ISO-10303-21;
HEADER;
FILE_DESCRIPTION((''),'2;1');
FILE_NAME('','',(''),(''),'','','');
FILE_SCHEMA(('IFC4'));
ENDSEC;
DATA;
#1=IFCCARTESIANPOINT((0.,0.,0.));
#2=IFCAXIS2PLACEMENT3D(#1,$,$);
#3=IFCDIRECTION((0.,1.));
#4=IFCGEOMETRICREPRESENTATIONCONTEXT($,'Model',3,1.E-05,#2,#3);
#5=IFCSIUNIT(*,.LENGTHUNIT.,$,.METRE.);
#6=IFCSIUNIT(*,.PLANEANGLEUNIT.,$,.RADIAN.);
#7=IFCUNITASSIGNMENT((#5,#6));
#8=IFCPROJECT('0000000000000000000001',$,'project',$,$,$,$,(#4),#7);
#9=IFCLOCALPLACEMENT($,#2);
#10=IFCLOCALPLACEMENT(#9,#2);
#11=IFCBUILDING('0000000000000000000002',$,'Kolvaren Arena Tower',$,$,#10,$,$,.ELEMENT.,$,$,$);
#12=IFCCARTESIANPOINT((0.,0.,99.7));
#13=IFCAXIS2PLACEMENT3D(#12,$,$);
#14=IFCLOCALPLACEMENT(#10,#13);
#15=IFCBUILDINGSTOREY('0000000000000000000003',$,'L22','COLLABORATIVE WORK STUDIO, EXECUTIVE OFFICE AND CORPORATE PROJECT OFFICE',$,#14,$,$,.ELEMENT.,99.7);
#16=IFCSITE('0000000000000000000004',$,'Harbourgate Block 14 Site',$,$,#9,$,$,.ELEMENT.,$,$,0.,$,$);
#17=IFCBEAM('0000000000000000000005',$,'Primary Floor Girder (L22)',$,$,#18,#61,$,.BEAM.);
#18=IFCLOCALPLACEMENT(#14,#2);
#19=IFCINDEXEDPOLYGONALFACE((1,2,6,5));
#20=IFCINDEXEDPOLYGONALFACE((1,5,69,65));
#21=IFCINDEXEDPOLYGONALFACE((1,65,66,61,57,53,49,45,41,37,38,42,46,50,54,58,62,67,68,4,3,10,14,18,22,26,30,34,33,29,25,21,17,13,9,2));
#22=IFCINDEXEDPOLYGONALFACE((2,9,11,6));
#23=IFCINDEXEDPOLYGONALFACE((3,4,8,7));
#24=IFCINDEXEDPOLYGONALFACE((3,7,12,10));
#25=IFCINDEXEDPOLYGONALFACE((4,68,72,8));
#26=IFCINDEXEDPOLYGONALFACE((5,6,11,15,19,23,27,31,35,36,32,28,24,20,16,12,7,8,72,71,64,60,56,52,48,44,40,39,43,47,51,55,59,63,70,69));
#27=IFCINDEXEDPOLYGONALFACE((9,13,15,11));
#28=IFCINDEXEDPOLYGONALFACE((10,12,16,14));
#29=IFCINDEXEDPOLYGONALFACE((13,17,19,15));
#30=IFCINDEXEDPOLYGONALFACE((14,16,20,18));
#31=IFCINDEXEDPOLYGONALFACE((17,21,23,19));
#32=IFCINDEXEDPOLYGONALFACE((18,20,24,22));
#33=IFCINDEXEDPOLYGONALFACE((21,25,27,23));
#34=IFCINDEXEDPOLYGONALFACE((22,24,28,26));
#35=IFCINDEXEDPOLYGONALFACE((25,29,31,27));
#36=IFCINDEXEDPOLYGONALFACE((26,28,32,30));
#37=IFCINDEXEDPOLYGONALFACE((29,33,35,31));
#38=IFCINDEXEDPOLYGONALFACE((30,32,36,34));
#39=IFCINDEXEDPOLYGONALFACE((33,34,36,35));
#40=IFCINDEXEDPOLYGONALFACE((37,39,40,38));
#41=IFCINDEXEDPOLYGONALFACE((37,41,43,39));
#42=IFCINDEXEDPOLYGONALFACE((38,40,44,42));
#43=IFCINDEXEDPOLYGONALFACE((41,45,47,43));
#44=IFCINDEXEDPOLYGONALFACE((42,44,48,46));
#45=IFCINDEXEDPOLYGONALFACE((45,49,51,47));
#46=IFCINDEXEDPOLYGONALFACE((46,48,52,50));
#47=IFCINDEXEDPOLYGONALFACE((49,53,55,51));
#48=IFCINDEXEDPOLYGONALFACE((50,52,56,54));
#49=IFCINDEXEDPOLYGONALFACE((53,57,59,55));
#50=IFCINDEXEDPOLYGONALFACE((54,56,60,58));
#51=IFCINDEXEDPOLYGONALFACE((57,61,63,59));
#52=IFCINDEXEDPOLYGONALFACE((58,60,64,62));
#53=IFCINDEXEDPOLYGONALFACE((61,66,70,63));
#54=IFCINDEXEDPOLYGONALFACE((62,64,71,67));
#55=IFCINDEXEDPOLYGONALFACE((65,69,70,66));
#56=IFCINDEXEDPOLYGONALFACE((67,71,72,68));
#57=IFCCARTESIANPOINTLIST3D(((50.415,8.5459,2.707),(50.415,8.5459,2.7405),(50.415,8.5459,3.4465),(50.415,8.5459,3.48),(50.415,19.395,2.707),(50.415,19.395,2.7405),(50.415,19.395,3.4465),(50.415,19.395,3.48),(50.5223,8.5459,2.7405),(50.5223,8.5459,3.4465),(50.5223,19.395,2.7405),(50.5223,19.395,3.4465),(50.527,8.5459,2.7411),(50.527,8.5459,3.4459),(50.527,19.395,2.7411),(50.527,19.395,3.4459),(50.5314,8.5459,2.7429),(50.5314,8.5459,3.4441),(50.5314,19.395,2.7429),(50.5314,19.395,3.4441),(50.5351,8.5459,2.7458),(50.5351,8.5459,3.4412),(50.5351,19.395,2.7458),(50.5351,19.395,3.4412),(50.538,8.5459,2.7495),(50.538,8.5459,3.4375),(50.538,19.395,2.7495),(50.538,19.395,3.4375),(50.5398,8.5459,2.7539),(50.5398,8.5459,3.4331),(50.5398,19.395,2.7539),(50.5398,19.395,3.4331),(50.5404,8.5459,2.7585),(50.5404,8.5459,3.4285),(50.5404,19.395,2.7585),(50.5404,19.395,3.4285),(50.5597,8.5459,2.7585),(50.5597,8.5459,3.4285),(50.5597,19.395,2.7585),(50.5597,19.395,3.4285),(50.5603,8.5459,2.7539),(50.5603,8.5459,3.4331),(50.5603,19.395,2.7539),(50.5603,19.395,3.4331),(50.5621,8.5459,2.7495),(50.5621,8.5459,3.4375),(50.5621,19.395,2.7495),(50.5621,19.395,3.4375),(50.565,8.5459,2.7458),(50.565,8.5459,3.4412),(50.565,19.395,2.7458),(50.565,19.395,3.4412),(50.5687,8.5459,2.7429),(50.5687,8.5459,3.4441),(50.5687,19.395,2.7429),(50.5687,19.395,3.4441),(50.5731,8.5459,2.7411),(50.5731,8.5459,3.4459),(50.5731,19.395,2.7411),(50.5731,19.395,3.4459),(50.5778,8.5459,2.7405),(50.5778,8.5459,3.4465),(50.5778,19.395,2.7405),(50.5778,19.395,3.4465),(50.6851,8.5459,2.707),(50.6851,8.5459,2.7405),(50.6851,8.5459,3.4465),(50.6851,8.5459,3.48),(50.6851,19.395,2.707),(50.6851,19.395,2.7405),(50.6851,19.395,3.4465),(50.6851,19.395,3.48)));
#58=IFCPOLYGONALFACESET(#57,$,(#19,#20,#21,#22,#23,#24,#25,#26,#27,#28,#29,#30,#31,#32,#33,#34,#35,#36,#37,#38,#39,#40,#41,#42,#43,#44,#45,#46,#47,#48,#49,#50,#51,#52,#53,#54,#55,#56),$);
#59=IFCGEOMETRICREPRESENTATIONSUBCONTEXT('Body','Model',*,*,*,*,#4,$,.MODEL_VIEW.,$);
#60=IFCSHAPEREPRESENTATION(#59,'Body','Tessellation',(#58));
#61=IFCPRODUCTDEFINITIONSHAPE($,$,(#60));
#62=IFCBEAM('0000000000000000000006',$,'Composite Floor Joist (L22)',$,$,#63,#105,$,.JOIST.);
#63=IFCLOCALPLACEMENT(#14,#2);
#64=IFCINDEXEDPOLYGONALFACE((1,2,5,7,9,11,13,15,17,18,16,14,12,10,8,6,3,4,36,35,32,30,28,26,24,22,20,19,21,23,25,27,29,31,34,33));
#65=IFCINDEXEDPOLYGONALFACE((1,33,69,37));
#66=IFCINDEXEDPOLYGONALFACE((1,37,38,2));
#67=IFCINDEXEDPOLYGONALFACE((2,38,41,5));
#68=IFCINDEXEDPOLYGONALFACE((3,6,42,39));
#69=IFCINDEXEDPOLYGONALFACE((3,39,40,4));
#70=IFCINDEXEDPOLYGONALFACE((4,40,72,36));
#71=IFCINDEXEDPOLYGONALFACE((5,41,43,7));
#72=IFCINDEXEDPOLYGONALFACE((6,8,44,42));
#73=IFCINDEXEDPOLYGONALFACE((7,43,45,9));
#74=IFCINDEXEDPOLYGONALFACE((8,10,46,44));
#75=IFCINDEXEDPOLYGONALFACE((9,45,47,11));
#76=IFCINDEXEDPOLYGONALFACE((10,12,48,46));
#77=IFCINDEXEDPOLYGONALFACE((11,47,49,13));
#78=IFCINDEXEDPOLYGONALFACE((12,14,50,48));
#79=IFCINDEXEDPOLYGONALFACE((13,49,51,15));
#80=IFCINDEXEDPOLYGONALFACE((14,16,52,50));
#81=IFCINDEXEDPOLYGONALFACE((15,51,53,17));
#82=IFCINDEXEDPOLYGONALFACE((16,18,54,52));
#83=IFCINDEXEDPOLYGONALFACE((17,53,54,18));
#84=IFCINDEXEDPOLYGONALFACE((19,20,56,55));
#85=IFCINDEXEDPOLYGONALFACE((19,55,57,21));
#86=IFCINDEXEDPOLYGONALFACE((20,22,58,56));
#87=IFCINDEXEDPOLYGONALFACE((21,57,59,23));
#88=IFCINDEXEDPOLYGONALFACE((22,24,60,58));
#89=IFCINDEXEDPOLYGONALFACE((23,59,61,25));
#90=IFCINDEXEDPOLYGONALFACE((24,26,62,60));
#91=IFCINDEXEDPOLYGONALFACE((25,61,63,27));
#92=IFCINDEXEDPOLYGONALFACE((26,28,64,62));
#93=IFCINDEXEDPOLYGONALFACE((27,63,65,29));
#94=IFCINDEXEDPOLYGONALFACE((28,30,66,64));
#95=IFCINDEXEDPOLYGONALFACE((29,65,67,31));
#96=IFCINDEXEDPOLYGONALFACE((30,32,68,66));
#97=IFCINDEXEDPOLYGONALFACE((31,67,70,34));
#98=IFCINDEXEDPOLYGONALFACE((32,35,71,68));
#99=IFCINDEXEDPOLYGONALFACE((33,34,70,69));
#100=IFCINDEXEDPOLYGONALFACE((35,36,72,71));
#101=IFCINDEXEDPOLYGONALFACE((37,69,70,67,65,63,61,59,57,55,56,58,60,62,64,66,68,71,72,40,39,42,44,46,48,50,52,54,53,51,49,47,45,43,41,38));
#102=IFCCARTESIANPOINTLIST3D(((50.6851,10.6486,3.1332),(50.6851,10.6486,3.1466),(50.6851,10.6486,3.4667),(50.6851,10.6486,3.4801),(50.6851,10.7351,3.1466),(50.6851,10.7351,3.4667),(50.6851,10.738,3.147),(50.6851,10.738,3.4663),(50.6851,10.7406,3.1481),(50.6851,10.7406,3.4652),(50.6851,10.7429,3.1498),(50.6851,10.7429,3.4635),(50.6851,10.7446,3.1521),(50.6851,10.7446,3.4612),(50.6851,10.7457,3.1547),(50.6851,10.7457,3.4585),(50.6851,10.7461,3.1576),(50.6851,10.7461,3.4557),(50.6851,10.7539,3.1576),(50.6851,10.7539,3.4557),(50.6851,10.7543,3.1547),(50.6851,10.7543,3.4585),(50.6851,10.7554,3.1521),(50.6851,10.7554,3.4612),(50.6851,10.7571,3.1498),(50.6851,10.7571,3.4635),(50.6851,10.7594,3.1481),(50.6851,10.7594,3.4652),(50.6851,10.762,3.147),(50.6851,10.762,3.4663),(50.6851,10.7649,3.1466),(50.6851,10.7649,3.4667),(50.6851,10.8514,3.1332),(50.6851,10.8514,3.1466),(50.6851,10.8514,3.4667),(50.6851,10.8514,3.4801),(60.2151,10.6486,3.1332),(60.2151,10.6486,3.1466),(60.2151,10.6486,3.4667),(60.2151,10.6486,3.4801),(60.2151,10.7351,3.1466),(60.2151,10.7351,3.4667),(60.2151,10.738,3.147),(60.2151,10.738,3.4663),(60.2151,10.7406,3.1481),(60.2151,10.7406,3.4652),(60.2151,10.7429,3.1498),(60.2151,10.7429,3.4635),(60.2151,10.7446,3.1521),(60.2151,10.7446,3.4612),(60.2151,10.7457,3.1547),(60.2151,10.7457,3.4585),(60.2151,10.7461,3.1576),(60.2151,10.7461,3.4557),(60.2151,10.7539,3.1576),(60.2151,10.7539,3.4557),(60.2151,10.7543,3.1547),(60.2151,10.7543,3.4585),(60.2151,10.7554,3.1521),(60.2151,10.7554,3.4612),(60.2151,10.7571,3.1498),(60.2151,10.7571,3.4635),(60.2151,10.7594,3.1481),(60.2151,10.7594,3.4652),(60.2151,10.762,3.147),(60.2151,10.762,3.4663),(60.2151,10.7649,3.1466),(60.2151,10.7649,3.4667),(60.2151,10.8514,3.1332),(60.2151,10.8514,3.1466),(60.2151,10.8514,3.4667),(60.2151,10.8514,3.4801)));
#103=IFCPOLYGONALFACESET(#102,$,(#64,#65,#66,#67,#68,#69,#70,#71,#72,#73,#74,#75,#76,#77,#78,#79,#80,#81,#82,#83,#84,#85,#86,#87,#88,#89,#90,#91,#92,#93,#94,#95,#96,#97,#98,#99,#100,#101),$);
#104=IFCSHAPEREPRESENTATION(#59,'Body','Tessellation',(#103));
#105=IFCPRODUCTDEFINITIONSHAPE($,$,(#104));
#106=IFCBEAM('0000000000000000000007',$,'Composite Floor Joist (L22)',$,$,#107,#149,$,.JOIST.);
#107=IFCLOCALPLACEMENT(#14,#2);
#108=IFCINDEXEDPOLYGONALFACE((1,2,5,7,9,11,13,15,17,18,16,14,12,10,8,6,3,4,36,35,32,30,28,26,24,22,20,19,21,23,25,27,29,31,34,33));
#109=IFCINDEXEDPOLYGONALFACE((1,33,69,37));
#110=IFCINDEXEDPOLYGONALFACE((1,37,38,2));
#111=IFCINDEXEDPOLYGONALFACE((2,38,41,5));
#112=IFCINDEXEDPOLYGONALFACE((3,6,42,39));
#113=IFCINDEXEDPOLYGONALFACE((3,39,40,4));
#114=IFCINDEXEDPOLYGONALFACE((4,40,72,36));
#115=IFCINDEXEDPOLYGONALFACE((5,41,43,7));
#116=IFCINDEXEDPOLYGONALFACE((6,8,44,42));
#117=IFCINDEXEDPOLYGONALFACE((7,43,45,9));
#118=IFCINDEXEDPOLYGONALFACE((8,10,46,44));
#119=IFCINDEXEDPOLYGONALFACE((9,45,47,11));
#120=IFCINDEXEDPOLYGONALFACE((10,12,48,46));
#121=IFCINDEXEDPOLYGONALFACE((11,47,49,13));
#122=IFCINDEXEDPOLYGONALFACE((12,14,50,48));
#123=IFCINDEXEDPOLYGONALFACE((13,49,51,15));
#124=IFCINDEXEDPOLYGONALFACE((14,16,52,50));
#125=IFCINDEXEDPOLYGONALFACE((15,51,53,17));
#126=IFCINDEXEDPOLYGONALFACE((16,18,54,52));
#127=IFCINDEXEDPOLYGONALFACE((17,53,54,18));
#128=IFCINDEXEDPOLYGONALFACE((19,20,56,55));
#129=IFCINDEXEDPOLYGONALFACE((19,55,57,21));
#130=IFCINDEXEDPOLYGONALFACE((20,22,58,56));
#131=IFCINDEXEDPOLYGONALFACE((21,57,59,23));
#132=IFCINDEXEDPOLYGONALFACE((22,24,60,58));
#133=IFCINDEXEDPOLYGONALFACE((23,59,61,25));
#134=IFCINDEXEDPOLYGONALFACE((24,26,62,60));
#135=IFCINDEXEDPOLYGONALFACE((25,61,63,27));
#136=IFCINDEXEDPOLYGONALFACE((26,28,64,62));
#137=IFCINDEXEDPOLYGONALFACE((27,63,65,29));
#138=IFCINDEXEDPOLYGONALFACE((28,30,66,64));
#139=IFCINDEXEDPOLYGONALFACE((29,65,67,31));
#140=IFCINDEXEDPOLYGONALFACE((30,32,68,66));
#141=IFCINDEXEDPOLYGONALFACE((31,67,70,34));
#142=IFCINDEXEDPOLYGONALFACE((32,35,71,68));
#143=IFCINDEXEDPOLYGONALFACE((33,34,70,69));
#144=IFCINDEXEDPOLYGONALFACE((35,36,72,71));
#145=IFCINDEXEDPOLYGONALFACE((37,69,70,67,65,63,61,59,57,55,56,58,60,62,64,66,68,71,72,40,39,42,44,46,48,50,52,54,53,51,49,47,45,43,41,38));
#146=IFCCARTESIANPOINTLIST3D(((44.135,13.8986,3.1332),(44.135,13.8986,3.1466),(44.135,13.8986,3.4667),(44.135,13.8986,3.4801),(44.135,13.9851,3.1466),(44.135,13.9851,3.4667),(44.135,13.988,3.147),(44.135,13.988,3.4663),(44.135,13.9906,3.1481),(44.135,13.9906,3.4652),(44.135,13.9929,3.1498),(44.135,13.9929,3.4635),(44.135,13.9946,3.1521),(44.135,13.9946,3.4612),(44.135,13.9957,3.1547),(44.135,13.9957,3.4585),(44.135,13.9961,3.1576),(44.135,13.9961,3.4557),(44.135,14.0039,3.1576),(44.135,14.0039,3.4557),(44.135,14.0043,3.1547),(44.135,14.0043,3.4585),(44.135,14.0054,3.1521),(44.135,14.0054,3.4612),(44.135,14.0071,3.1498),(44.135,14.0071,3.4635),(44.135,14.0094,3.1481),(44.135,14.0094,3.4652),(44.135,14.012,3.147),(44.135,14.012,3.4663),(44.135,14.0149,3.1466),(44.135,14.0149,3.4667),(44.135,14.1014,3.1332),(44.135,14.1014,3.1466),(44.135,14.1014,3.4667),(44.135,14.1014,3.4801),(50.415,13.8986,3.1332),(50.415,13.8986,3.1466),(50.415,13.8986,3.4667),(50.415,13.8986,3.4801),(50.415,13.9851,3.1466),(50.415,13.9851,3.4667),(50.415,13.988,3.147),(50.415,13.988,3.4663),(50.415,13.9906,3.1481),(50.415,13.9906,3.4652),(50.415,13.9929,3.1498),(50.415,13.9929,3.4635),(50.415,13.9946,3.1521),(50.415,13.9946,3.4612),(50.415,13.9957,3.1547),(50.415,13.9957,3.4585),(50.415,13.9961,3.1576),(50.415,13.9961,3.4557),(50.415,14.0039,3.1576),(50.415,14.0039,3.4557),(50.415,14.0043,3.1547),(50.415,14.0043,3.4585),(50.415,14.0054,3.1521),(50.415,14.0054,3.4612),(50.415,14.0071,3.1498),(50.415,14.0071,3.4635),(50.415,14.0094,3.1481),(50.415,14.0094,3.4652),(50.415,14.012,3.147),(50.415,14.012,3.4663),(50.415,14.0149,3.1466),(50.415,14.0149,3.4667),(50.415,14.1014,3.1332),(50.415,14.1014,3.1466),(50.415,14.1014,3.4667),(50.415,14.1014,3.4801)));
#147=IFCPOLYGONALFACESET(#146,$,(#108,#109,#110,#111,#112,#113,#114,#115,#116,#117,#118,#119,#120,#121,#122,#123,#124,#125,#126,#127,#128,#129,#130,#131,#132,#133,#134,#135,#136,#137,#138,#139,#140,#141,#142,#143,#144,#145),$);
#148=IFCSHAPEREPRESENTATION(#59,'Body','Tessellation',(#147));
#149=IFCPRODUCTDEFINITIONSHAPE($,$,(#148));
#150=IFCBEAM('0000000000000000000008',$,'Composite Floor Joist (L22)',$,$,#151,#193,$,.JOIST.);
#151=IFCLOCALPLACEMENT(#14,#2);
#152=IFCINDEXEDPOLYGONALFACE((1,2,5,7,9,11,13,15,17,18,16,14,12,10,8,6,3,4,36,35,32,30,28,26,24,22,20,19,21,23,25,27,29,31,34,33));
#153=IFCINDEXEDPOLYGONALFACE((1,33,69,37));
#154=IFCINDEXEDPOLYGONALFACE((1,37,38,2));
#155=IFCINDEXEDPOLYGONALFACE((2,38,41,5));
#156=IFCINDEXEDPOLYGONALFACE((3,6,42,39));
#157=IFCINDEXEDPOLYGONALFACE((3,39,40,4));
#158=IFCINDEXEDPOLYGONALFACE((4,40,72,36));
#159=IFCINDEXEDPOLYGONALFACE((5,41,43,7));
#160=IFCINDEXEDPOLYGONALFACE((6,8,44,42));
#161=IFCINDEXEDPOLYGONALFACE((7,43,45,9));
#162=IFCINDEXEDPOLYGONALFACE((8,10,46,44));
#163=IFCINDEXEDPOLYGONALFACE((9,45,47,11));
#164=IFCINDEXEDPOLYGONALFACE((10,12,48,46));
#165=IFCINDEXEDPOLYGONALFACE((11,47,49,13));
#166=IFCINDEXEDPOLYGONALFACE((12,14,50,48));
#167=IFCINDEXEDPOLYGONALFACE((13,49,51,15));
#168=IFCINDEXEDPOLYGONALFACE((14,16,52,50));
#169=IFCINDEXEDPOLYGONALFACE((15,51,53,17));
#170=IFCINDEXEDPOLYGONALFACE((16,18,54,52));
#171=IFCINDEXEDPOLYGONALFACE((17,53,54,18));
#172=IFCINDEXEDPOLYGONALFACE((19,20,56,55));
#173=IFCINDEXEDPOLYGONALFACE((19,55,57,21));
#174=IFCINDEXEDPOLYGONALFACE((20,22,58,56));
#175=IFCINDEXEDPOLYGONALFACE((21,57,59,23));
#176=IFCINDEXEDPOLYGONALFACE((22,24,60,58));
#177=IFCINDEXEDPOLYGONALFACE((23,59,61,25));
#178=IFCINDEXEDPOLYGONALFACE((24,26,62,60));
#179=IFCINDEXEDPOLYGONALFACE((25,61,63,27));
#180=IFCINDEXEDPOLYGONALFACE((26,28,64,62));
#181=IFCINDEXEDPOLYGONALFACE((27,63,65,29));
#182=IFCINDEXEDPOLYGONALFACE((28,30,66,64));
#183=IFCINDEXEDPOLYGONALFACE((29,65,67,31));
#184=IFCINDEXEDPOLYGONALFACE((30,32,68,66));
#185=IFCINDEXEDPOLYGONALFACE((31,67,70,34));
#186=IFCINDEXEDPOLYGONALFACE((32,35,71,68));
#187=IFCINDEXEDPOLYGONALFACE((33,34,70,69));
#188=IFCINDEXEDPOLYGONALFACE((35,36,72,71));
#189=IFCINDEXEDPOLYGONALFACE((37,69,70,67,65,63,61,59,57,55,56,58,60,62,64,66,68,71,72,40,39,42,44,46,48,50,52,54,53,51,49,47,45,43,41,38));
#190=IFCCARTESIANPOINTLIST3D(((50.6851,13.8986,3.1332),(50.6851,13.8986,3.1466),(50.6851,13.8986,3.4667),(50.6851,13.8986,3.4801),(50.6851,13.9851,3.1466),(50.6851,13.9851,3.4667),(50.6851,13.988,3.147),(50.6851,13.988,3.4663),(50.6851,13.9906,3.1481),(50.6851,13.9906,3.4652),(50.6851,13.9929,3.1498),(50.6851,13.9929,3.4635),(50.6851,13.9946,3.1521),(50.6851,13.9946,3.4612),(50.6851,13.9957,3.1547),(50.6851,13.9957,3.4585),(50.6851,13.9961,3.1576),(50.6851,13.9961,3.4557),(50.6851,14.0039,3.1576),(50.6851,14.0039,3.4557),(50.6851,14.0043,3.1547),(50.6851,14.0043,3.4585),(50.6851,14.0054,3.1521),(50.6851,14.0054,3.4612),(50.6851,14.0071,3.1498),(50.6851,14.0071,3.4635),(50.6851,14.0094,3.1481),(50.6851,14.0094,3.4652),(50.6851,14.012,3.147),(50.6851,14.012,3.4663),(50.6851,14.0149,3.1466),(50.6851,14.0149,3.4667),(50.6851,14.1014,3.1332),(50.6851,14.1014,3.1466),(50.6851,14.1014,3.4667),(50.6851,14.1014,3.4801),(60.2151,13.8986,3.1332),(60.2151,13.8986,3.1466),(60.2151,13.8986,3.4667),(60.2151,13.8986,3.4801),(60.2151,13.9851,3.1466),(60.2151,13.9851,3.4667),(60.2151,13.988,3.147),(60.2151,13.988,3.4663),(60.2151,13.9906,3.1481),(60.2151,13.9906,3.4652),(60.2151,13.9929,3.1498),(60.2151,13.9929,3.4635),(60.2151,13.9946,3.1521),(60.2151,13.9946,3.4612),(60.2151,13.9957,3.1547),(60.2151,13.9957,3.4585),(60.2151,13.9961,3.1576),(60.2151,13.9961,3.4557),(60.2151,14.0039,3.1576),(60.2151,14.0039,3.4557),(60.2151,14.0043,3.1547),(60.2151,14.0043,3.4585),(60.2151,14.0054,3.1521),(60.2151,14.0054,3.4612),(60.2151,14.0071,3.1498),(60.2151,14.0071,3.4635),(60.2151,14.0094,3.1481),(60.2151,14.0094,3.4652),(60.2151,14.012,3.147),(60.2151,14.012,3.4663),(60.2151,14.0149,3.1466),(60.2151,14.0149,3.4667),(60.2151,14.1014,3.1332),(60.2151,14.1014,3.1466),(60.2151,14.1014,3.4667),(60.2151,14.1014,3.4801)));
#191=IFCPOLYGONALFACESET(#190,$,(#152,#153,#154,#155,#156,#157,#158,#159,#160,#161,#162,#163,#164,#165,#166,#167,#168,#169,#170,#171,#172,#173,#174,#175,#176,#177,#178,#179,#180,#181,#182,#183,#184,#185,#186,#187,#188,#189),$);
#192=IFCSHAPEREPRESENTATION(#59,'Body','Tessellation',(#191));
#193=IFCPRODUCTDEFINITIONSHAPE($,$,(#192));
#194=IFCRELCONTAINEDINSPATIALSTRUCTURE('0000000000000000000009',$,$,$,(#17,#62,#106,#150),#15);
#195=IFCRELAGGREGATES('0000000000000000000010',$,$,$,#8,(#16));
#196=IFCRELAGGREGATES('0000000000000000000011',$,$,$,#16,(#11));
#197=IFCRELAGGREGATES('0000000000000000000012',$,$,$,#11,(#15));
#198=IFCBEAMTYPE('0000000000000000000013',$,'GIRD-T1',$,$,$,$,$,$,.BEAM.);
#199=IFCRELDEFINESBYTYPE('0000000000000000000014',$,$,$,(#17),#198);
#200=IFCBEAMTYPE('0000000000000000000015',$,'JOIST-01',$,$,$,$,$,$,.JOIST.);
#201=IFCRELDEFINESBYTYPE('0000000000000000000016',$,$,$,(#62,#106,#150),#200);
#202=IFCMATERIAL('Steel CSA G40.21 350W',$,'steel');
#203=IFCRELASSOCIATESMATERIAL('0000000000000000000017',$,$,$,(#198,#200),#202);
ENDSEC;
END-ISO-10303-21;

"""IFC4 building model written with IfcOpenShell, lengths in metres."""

from ifc_helpers import new_model, si_unit, direction, frame, origin, origin_2d, place, context, subcontext, project, spatial, i_section, extrude, material, material_profile, profile_set, type_object, element, save


model = new_model("IFC4")

# Units and contexts
model_context = context("Model", 3, precision=1e-05, world=origin(), true_north=direction((0.0, 1.0)))
body_context = subcontext(model_context, "Body", "Model", "MODEL_VIEW")
ifc_project = project(units=[si_unit("LENGTHUNIT", "METRE"), si_unit("PLANEANGLEUNIT", "RADIAN")], contexts=[model_context])

# Site, building, storey
site_placement = place(None, origin())
site = spatial("IfcSite", under=ifc_project, at=site_placement, Name="Harbourgate Block 14 Site", CompositionType="ELEMENT", RefElevation=0.0)
building_placement = place(site_placement, origin())
building = spatial("IfcBuilding", under=site, at=building_placement, Name="Kolvaren Arena Tower", CompositionType="ELEMENT")
storey_placement = place(building_placement, frame((0.0, 0.0, 99.7)))
storey = spatial("IfcBuildingStorey", under=building, at=storey_placement, Name="L22", Description="COLLABORATIVE WORK STUDIO, EXECUTIVE OFFICE AND CORPORATE PROJECT OFFICE", CompositionType="ELEMENT", Elevation=99.7)

# Beams
ifc_material_1 = material(Name="Steel CSA G40.21 350W", Category="steel")
ifc_material_profile_1 = material_profile(ifc_material_1, i_section(OverallWidth=0.27, OverallDepth=0.7729, WebThickness=0.0193, FlangeThickness=0.0334, FilletRadius=0.0181, at=origin_2d()), Name="W760x257")
ifc_profile_set_1 = profile_set([ifc_material_profile_1], Name="Steel CSA G40.21 350W")
beam_type_1 = type_object("IfcBeamType", Name="GIRD-T1", PredefinedType="BEAM", material=ifc_profile_set_1)
beam_1_placement = place(storey_placement, frame((50.55, 8.5459, 3.0935), z_axis=(0.0, 1.0, 0.0), x_axis=(-1.0, 0.0, 0.0)))
element("IfcBeam", 1, at=beam_1_placement, inside=storey, type_object=beam_type_1, Name="Primary Floor Girder (L22)", PredefinedType="BEAM", context=body_context, shape_type="SweptSolid", body=[
    extrude(i_section(OverallWidth=0.27, OverallDepth=0.7729, WebThickness=0.0193, FlangeThickness=0.0334, FilletRadius=0.0181, at=origin_2d()), origin(), (0.0, 0.0, 1.0), 10.8491),
])
ifc_material_profile_2 = material_profile(ifc_material_1, i_section(OverallWidth=0.2029, OverallDepth=0.3469, WebThickness=0.0078, FlangeThickness=0.0134, FilletRadius=0.011, at=origin_2d()), Name="W360x64")
ifc_profile_set_2 = profile_set([ifc_material_profile_2], Name="Steel CSA G40.21 350W")
beam_type_2 = type_object("IfcBeamType", Name="JOIST-01", PredefinedType="JOIST", material=ifc_profile_set_2)
beam_2_placement = place(storey_placement, frame((50.6851, 10.75, 3.3066), z_axis=(1.0, 0.0, 0.0), x_axis=(0.0, 1.0, 0.0)))
element("IfcBeam", 2, at=beam_2_placement, inside=storey, type_object=beam_type_2, Name="Composite Floor Joist (L22)", PredefinedType="JOIST", context=body_context, shape_type="SweptSolid", body=[
    extrude(i_section(OverallWidth=0.2029, OverallDepth=0.3469, WebThickness=0.0078, FlangeThickness=0.0134, FilletRadius=0.011, at=origin_2d()), origin(), (0.0, 0.0, 1.0), 9.53),
])
beam_3_placement = place(storey_placement, frame((44.135, 14.0, 3.3066), z_axis=(1.0, 0.0, 0.0), x_axis=(0.0, 1.0, 0.0)))
element("IfcBeam", 3, at=beam_3_placement, inside=storey, type_object=beam_type_2, Name="Composite Floor Joist (L22)", PredefinedType="JOIST", context=body_context, shape_type="SweptSolid", body=[
    extrude(i_section(OverallWidth=0.2029, OverallDepth=0.3469, WebThickness=0.0078, FlangeThickness=0.0134, FilletRadius=0.011, at=origin_2d()), origin(), (0.0, 0.0, 1.0), 6.28),
])
beam_4_placement = place(storey_placement, frame((50.6851, 14.0, 3.3066), z_axis=(1.0, 0.0, 0.0), x_axis=(0.0, 1.0, 0.0)))
element("IfcBeam", 4, at=beam_4_placement, inside=storey, type_object=beam_type_2, Name="Composite Floor Joist (L22)", PredefinedType="JOIST", context=body_context, shape_type="SweptSolid", body=[
    extrude(i_section(OverallWidth=0.2029, OverallDepth=0.3469, WebThickness=0.0078, FlangeThickness=0.0134, FilletRadius=0.011, at=origin_2d()), origin(), (0.0, 0.0, 1.0), 9.53),
])

save(model, "model.ifc")
